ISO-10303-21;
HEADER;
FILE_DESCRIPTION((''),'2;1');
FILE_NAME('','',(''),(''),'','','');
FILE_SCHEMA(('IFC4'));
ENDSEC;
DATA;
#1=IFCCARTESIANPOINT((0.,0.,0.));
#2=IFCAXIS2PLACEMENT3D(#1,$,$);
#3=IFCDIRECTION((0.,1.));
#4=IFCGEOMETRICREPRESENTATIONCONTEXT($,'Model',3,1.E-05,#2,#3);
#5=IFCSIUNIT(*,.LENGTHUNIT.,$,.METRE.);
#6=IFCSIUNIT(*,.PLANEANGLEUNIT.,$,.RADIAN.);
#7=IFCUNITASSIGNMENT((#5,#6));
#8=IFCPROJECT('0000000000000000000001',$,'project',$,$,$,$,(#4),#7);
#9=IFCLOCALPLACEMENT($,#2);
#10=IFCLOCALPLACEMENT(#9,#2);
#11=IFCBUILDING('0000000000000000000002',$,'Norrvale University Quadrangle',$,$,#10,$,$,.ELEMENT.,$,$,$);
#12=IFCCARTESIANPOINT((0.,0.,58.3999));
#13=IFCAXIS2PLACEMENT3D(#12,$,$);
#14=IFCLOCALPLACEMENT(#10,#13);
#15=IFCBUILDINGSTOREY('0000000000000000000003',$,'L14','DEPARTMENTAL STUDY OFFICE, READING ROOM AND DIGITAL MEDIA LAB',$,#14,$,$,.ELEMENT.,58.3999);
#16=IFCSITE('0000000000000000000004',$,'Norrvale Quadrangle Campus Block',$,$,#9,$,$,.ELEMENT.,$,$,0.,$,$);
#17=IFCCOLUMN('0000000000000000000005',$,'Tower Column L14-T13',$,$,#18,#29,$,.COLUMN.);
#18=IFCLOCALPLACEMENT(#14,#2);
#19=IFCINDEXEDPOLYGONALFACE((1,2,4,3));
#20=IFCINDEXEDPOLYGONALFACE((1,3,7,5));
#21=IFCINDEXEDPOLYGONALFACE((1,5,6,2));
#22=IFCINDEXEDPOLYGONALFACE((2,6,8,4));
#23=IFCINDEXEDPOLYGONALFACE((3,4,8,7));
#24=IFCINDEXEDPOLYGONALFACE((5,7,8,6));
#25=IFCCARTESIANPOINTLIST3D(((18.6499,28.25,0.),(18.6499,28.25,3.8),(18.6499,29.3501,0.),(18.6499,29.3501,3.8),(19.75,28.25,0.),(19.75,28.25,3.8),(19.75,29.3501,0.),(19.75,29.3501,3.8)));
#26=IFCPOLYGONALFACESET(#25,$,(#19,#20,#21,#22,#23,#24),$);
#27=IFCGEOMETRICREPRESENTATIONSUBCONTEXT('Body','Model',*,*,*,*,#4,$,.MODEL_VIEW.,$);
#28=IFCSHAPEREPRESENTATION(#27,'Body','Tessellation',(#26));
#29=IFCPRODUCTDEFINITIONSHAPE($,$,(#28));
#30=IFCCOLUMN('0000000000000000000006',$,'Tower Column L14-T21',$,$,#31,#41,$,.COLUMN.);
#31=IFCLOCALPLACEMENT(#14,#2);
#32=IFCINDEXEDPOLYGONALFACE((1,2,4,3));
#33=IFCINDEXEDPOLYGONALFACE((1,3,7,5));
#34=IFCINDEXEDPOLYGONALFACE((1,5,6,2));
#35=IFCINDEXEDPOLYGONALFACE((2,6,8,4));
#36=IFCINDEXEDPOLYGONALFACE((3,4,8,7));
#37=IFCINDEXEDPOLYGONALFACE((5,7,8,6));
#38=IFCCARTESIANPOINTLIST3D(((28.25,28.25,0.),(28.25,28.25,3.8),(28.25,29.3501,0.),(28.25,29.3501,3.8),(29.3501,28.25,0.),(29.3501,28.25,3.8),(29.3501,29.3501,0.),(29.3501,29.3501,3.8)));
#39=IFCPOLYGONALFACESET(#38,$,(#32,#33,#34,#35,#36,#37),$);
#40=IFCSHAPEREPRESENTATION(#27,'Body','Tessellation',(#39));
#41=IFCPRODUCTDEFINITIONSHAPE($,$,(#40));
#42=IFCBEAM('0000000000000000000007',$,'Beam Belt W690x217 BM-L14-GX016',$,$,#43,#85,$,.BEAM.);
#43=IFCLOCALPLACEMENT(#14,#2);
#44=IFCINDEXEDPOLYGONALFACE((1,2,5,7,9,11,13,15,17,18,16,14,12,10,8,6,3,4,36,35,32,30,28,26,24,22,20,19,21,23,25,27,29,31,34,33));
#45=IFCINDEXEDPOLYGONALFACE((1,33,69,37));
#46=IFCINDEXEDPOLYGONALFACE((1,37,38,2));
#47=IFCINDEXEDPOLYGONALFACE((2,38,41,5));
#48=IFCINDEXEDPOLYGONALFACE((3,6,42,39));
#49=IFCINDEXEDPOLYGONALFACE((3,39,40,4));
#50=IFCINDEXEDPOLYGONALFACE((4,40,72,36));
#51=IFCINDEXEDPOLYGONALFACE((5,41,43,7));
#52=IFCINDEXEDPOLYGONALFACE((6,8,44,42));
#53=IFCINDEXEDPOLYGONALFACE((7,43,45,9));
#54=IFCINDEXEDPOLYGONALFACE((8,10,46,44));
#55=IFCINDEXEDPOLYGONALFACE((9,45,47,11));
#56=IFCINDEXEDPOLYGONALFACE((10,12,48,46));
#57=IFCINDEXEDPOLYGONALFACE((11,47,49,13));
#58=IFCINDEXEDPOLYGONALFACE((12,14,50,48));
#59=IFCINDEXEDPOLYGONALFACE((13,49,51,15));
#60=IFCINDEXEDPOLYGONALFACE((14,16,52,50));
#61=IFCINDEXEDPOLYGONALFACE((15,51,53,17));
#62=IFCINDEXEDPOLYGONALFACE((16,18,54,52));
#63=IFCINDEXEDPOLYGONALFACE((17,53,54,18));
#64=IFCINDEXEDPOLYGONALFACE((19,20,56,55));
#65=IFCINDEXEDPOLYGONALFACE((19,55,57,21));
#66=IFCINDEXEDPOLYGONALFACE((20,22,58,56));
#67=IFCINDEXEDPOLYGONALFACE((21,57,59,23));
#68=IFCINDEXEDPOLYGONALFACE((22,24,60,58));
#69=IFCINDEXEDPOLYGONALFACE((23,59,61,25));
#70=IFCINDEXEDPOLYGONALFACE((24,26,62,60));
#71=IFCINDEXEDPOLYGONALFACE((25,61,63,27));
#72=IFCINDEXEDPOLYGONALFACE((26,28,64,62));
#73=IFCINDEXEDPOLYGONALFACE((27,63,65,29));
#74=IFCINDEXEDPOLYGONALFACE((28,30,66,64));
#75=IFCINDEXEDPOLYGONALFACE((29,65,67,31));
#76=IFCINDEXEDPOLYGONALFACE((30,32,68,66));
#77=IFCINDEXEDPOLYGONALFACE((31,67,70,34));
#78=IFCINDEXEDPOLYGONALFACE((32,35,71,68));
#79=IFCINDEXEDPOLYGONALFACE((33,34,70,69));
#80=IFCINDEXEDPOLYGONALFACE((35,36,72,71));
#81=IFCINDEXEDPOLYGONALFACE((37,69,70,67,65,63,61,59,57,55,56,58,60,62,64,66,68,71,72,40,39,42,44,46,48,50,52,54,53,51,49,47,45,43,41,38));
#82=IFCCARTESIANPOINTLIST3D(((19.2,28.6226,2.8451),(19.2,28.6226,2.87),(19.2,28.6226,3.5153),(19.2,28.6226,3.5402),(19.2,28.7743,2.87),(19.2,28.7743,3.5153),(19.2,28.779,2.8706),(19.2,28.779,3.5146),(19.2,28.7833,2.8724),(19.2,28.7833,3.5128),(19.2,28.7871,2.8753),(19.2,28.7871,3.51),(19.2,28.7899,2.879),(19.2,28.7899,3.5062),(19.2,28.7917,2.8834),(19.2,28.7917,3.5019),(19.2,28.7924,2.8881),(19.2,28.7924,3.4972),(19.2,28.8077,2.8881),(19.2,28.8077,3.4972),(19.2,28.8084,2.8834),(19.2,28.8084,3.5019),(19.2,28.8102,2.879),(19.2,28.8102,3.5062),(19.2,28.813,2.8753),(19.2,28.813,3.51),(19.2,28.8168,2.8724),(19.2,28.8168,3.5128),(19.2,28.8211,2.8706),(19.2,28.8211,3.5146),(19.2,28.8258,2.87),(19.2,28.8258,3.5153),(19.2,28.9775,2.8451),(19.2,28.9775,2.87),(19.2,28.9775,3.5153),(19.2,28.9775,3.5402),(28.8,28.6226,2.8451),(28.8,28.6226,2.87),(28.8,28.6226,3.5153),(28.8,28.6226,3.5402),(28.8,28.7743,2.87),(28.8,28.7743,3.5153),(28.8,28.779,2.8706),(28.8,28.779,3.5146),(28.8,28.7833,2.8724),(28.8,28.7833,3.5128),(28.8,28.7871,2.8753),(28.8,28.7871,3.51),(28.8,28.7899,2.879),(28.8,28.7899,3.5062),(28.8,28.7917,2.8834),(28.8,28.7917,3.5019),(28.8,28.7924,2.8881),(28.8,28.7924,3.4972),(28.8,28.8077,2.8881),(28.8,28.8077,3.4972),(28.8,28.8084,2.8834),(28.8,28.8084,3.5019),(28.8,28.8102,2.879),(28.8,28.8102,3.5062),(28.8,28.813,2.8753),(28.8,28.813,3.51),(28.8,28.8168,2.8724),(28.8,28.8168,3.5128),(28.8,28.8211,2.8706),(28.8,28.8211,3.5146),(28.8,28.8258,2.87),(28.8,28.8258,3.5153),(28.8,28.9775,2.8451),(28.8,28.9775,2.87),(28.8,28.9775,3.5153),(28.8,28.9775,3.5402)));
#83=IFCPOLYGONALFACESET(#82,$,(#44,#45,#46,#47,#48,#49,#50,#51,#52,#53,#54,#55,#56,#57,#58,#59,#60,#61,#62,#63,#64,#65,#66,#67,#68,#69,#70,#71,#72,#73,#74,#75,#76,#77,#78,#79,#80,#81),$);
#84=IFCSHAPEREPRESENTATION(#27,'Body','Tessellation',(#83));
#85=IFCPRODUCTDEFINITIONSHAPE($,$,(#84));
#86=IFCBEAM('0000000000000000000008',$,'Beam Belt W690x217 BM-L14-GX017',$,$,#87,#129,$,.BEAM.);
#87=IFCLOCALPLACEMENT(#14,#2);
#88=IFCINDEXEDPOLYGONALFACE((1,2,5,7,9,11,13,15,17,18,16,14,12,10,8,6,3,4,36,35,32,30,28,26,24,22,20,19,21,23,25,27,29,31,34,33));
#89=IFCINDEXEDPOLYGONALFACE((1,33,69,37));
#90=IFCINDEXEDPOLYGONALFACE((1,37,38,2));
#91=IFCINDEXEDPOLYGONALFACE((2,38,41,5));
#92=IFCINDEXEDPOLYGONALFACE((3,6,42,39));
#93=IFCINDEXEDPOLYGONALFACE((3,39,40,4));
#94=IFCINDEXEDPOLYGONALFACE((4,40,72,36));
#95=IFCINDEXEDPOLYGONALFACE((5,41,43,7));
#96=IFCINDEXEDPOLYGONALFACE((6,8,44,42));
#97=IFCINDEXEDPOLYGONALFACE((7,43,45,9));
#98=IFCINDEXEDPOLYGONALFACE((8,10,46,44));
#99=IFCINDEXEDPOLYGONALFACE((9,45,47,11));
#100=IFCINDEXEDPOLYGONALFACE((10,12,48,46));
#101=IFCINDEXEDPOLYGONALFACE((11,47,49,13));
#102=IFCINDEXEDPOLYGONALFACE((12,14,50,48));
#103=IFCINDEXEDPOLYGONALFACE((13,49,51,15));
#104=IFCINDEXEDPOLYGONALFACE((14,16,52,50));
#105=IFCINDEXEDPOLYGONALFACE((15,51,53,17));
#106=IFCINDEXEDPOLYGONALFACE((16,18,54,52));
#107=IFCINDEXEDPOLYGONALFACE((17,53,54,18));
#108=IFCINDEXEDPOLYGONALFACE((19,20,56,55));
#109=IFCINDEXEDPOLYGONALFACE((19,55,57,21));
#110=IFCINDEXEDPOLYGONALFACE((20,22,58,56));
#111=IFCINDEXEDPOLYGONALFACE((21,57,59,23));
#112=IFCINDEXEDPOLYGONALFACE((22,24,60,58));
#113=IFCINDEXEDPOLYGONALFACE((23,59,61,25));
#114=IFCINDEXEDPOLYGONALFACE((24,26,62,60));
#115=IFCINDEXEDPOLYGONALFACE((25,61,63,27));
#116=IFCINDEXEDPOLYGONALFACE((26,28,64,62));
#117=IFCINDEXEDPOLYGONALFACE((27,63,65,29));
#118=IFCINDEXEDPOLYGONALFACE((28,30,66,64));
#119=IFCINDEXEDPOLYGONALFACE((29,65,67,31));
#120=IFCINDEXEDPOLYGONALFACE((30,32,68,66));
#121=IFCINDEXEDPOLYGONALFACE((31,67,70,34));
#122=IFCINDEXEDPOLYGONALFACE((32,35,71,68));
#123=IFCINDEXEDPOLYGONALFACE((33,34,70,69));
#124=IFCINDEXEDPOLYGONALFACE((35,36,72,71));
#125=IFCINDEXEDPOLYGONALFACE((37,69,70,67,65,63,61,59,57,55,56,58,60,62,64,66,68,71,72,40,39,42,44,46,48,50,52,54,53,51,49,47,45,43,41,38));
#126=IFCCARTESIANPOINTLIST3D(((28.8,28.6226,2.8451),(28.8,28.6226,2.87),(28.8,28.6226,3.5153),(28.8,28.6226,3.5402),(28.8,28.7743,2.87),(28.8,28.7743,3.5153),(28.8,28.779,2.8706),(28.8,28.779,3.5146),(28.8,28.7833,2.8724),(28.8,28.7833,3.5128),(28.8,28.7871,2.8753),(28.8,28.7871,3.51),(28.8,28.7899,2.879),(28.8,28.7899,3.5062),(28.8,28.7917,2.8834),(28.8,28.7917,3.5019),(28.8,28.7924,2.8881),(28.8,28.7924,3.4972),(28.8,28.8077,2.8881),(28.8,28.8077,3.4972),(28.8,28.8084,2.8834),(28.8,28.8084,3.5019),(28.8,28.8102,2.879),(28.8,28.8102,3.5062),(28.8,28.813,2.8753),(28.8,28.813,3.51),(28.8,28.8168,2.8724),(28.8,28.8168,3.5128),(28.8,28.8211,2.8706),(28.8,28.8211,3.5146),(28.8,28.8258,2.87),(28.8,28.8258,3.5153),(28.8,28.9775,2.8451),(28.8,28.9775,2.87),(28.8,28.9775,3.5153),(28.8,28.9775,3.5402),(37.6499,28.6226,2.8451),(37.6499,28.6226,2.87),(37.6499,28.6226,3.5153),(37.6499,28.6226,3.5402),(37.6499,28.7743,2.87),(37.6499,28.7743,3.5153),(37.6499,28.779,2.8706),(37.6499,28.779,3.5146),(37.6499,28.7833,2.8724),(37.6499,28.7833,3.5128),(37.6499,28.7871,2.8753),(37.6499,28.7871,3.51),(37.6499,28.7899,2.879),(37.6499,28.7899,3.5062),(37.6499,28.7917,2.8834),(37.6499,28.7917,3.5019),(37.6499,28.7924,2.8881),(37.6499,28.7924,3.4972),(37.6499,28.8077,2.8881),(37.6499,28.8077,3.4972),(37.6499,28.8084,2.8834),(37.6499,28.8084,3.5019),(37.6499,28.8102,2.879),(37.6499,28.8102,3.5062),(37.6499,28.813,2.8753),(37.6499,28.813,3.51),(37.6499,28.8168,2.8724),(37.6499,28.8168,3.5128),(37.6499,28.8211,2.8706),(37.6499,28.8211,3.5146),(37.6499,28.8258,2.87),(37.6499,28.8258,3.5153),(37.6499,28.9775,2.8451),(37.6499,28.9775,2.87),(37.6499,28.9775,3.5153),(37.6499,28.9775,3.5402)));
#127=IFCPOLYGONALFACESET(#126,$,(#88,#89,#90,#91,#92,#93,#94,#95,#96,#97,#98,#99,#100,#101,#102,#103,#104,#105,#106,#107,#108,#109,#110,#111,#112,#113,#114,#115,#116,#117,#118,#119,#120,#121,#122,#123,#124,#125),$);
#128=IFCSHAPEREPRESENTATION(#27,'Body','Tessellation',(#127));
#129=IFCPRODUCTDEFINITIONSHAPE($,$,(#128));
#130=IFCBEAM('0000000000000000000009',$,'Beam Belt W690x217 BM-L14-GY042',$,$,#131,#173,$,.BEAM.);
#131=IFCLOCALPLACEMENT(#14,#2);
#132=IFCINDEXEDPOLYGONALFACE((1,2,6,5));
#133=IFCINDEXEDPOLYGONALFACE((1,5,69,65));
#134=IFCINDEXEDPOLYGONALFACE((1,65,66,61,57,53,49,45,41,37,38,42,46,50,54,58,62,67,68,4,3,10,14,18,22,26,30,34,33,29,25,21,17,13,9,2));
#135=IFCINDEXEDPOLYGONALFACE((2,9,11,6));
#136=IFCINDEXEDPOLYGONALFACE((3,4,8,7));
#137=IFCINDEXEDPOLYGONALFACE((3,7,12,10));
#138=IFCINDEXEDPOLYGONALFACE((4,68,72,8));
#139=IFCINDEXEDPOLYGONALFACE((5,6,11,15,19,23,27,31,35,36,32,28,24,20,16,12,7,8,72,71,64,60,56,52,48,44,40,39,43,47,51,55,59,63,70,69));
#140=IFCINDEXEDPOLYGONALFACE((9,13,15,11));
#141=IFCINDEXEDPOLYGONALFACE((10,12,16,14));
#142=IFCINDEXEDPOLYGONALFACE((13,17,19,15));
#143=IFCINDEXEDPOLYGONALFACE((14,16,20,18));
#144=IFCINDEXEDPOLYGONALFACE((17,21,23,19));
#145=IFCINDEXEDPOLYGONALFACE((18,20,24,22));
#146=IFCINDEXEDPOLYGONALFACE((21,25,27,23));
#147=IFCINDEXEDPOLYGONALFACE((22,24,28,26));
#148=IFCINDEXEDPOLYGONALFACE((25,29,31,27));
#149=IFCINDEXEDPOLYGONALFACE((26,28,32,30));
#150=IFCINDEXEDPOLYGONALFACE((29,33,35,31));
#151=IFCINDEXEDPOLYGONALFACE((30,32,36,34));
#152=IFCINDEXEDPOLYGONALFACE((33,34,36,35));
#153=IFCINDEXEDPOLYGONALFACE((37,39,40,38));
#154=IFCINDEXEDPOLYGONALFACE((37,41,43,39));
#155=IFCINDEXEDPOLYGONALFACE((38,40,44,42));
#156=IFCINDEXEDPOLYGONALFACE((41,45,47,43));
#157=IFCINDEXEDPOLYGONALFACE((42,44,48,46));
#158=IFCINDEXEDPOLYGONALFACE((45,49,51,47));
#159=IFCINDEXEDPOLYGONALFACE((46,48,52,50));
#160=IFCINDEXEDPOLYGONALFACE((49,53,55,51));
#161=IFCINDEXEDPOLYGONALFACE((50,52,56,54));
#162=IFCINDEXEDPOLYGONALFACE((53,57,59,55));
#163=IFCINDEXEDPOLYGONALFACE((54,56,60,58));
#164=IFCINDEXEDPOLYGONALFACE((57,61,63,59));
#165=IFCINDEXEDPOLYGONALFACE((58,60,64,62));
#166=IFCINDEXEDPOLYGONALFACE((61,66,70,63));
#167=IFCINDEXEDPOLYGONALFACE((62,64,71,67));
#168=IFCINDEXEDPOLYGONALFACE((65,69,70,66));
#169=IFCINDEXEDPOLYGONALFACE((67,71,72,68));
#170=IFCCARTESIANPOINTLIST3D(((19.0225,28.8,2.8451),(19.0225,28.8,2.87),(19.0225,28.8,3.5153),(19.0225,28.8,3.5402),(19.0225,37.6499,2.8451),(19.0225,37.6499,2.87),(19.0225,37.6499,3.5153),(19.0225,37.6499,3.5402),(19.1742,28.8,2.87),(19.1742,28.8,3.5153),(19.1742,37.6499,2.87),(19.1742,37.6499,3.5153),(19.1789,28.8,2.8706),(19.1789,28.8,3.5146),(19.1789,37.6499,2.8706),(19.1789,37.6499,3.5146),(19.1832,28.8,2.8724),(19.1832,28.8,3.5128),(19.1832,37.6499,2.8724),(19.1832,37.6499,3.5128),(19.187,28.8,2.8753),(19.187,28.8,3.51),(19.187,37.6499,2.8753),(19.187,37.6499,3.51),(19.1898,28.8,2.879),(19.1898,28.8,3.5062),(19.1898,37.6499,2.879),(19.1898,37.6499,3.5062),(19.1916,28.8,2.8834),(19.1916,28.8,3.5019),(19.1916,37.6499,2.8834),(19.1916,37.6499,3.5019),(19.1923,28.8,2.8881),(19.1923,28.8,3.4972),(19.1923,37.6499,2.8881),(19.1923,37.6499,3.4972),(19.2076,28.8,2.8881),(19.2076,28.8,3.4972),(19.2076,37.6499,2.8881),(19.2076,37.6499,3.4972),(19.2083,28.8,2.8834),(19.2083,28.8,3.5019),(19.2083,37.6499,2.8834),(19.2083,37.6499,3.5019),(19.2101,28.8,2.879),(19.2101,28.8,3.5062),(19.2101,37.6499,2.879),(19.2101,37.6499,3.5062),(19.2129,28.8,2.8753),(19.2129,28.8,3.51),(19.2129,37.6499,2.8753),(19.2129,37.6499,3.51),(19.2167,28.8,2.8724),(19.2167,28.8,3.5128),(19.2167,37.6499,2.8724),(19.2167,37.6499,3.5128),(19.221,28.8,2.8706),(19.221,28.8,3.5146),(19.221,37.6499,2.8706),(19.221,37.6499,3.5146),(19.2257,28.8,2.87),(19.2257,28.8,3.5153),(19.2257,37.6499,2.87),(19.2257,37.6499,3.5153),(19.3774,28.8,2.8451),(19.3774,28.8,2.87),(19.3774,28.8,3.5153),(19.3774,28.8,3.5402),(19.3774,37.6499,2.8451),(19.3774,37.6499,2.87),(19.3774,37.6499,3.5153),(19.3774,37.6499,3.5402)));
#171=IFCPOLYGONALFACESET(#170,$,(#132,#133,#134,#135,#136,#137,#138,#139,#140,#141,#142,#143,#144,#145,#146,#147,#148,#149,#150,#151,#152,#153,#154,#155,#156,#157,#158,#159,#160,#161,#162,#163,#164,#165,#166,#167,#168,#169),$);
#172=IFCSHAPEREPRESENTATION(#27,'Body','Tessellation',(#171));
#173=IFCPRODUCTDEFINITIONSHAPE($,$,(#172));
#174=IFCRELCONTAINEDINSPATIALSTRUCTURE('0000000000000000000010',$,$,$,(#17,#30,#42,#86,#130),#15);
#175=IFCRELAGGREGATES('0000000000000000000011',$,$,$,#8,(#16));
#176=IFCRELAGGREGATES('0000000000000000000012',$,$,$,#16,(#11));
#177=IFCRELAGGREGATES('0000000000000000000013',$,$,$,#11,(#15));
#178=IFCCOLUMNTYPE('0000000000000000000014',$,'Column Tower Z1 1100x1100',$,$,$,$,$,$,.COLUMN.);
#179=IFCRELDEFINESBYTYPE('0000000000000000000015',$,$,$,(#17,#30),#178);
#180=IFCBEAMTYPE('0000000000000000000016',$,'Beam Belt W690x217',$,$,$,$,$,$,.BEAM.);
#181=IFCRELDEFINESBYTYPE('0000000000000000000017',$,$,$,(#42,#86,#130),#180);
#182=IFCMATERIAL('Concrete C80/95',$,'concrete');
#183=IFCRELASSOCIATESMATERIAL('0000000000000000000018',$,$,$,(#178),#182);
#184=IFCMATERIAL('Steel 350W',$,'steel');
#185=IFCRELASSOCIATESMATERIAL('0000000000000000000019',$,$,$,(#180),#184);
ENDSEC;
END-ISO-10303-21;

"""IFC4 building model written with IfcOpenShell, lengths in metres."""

from ifc_helpers import new_model, si_unit, direction, frame, origin, origin_2d, place, context, subcontext, project, spatial, rectangle, i_section, extrude, material, material_profile, profile_set, type_object, element, save


model = new_model("IFC4")

# Units and contexts
model_context = context("Model", 3, precision=1e-05, world=origin(), true_north=direction((0.0, 1.0)))
body_context = subcontext(model_context, "Body", "Model", "MODEL_VIEW")
ifc_project = project(units=[si_unit("LENGTHUNIT", "METRE"), si_unit("PLANEANGLEUNIT", "RADIAN")], contexts=[model_context])

# Site, building, storey
site_placement = place(None, origin())
site = spatial("IfcSite", under=ifc_project, at=site_placement, Name="Norrvale Quadrangle Campus Block", CompositionType="ELEMENT", RefElevation=0.0)
building_placement = place(site_placement, origin())
building = spatial("IfcBuilding", under=site, at=building_placement, Name="Norrvale University Quadrangle", CompositionType="ELEMENT")
storey_placement = place(building_placement, frame((0.0, 0.0, 58.3999)))
storey = spatial("IfcBuildingStorey", under=building, at=storey_placement, Name="L14", Description="DEPARTMENTAL STUDY OFFICE, READING ROOM AND DIGITAL MEDIA LAB", CompositionType="ELEMENT", Elevation=58.3999)

# Columns
ifc_material_1 = material(Name="Concrete C80/95", Category="concrete")
ifc_material_profile_1 = material_profile(ifc_material_1, rectangle(XDim=1.1001, YDim=1.1001, at=origin_2d()), Name="Concrete C80/95")
ifc_profile_set_1 = profile_set([ifc_material_profile_1], Name="Concrete C80/95")
column_type = type_object("IfcColumnType", Name="Column Tower Z1 1100x1100", PredefinedType="COLUMN", material=ifc_profile_set_1)
for number, where, z_axis, x_axis, name in (
    (1, (19.2, 28.8, 0.0), (0.0, 0.0, 1.0), (1.0, 0.0, 0.0), "Tower Column L14-T13"),
    (2, (28.8, 28.8, 0.0), (0.0, 0.0, 1.0), (1.0, 0.0, 0.0), "Tower Column L14-T21"),
):
    element("IfcColumn", number, at=place(storey_placement, frame(where, z_axis=z_axis, x_axis=x_axis)), inside=storey, type_object=column_type, Name=name, PredefinedType="COLUMN", context=body_context, shape_type="SweptSolid", body=[
        extrude(rectangle(XDim=1.1001, YDim=1.1001, at=origin_2d()), origin(), (0.0, 0.0, 1.0), 3.8),
    ])

# Beams
ifc_material_2 = material(Name="Steel 350W", Category="steel")
ifc_material_profile_2 = material_profile(ifc_material_2, i_section(OverallWidth=0.355, OverallDepth=0.6951, WebThickness=0.0154, FlangeThickness=0.0249, FilletRadius=0.0181, at=origin_2d()), Name="Steel 350W")
ifc_profile_set_2 = profile_set([ifc_material_profile_2], Name="Steel 350W")
beam_type_1 = type_object("IfcBeamType", Name="Beam Belt W690x217", PredefinedType="BEAM", material=ifc_profile_set_2)
beam_1_placement = place(storey_placement, frame((19.2, 28.8, 3.1926), z_axis=(1.0, 0.0, 0.0), x_axis=(0.0, 1.0, 0.0)))
element("IfcBeam", 3, at=beam_1_placement, inside=storey, type_object=beam_type_1, Name="Beam Belt W690x217 BM-L14-GX016", PredefinedType="BEAM", context=body_context, shape_type="SweptSolid", body=[
    extrude(i_section(OverallWidth=0.355, OverallDepth=0.6951, WebThickness=0.0154, FlangeThickness=0.0249, FilletRadius=0.0181, at=origin_2d()), origin(), (0.0, 0.0, 1.0), 9.6001),
])
for number, where, z_axis, x_axis, name in (
    (4, (28.8, 28.8, 3.1926), (1.0, 0.0, 0.0), (0.0, 1.0, 0.0), "Beam Belt W690x217 BM-L14-GX017"),
    (5, (19.2, 28.8, 3.1926), (0.0, 1.0, 0.0), (-1.0, 0.0, 0.0), "Beam Belt W690x217 BM-L14-GY042"),
):
    element("IfcBeam", number, at=place(storey_placement, frame(where, z_axis=z_axis, x_axis=x_axis)), inside=storey, type_object=beam_type_1, Name=name, PredefinedType="BEAM", context=body_context, shape_type="SweptSolid", body=[
        extrude(i_section(OverallWidth=0.355, OverallDepth=0.6951, WebThickness=0.0154, FlangeThickness=0.0249, FilletRadius=0.0181, at=origin_2d()), origin(), (0.0, 0.0, 1.0), 8.8499),
    ])

save(model, "model.ifc")
